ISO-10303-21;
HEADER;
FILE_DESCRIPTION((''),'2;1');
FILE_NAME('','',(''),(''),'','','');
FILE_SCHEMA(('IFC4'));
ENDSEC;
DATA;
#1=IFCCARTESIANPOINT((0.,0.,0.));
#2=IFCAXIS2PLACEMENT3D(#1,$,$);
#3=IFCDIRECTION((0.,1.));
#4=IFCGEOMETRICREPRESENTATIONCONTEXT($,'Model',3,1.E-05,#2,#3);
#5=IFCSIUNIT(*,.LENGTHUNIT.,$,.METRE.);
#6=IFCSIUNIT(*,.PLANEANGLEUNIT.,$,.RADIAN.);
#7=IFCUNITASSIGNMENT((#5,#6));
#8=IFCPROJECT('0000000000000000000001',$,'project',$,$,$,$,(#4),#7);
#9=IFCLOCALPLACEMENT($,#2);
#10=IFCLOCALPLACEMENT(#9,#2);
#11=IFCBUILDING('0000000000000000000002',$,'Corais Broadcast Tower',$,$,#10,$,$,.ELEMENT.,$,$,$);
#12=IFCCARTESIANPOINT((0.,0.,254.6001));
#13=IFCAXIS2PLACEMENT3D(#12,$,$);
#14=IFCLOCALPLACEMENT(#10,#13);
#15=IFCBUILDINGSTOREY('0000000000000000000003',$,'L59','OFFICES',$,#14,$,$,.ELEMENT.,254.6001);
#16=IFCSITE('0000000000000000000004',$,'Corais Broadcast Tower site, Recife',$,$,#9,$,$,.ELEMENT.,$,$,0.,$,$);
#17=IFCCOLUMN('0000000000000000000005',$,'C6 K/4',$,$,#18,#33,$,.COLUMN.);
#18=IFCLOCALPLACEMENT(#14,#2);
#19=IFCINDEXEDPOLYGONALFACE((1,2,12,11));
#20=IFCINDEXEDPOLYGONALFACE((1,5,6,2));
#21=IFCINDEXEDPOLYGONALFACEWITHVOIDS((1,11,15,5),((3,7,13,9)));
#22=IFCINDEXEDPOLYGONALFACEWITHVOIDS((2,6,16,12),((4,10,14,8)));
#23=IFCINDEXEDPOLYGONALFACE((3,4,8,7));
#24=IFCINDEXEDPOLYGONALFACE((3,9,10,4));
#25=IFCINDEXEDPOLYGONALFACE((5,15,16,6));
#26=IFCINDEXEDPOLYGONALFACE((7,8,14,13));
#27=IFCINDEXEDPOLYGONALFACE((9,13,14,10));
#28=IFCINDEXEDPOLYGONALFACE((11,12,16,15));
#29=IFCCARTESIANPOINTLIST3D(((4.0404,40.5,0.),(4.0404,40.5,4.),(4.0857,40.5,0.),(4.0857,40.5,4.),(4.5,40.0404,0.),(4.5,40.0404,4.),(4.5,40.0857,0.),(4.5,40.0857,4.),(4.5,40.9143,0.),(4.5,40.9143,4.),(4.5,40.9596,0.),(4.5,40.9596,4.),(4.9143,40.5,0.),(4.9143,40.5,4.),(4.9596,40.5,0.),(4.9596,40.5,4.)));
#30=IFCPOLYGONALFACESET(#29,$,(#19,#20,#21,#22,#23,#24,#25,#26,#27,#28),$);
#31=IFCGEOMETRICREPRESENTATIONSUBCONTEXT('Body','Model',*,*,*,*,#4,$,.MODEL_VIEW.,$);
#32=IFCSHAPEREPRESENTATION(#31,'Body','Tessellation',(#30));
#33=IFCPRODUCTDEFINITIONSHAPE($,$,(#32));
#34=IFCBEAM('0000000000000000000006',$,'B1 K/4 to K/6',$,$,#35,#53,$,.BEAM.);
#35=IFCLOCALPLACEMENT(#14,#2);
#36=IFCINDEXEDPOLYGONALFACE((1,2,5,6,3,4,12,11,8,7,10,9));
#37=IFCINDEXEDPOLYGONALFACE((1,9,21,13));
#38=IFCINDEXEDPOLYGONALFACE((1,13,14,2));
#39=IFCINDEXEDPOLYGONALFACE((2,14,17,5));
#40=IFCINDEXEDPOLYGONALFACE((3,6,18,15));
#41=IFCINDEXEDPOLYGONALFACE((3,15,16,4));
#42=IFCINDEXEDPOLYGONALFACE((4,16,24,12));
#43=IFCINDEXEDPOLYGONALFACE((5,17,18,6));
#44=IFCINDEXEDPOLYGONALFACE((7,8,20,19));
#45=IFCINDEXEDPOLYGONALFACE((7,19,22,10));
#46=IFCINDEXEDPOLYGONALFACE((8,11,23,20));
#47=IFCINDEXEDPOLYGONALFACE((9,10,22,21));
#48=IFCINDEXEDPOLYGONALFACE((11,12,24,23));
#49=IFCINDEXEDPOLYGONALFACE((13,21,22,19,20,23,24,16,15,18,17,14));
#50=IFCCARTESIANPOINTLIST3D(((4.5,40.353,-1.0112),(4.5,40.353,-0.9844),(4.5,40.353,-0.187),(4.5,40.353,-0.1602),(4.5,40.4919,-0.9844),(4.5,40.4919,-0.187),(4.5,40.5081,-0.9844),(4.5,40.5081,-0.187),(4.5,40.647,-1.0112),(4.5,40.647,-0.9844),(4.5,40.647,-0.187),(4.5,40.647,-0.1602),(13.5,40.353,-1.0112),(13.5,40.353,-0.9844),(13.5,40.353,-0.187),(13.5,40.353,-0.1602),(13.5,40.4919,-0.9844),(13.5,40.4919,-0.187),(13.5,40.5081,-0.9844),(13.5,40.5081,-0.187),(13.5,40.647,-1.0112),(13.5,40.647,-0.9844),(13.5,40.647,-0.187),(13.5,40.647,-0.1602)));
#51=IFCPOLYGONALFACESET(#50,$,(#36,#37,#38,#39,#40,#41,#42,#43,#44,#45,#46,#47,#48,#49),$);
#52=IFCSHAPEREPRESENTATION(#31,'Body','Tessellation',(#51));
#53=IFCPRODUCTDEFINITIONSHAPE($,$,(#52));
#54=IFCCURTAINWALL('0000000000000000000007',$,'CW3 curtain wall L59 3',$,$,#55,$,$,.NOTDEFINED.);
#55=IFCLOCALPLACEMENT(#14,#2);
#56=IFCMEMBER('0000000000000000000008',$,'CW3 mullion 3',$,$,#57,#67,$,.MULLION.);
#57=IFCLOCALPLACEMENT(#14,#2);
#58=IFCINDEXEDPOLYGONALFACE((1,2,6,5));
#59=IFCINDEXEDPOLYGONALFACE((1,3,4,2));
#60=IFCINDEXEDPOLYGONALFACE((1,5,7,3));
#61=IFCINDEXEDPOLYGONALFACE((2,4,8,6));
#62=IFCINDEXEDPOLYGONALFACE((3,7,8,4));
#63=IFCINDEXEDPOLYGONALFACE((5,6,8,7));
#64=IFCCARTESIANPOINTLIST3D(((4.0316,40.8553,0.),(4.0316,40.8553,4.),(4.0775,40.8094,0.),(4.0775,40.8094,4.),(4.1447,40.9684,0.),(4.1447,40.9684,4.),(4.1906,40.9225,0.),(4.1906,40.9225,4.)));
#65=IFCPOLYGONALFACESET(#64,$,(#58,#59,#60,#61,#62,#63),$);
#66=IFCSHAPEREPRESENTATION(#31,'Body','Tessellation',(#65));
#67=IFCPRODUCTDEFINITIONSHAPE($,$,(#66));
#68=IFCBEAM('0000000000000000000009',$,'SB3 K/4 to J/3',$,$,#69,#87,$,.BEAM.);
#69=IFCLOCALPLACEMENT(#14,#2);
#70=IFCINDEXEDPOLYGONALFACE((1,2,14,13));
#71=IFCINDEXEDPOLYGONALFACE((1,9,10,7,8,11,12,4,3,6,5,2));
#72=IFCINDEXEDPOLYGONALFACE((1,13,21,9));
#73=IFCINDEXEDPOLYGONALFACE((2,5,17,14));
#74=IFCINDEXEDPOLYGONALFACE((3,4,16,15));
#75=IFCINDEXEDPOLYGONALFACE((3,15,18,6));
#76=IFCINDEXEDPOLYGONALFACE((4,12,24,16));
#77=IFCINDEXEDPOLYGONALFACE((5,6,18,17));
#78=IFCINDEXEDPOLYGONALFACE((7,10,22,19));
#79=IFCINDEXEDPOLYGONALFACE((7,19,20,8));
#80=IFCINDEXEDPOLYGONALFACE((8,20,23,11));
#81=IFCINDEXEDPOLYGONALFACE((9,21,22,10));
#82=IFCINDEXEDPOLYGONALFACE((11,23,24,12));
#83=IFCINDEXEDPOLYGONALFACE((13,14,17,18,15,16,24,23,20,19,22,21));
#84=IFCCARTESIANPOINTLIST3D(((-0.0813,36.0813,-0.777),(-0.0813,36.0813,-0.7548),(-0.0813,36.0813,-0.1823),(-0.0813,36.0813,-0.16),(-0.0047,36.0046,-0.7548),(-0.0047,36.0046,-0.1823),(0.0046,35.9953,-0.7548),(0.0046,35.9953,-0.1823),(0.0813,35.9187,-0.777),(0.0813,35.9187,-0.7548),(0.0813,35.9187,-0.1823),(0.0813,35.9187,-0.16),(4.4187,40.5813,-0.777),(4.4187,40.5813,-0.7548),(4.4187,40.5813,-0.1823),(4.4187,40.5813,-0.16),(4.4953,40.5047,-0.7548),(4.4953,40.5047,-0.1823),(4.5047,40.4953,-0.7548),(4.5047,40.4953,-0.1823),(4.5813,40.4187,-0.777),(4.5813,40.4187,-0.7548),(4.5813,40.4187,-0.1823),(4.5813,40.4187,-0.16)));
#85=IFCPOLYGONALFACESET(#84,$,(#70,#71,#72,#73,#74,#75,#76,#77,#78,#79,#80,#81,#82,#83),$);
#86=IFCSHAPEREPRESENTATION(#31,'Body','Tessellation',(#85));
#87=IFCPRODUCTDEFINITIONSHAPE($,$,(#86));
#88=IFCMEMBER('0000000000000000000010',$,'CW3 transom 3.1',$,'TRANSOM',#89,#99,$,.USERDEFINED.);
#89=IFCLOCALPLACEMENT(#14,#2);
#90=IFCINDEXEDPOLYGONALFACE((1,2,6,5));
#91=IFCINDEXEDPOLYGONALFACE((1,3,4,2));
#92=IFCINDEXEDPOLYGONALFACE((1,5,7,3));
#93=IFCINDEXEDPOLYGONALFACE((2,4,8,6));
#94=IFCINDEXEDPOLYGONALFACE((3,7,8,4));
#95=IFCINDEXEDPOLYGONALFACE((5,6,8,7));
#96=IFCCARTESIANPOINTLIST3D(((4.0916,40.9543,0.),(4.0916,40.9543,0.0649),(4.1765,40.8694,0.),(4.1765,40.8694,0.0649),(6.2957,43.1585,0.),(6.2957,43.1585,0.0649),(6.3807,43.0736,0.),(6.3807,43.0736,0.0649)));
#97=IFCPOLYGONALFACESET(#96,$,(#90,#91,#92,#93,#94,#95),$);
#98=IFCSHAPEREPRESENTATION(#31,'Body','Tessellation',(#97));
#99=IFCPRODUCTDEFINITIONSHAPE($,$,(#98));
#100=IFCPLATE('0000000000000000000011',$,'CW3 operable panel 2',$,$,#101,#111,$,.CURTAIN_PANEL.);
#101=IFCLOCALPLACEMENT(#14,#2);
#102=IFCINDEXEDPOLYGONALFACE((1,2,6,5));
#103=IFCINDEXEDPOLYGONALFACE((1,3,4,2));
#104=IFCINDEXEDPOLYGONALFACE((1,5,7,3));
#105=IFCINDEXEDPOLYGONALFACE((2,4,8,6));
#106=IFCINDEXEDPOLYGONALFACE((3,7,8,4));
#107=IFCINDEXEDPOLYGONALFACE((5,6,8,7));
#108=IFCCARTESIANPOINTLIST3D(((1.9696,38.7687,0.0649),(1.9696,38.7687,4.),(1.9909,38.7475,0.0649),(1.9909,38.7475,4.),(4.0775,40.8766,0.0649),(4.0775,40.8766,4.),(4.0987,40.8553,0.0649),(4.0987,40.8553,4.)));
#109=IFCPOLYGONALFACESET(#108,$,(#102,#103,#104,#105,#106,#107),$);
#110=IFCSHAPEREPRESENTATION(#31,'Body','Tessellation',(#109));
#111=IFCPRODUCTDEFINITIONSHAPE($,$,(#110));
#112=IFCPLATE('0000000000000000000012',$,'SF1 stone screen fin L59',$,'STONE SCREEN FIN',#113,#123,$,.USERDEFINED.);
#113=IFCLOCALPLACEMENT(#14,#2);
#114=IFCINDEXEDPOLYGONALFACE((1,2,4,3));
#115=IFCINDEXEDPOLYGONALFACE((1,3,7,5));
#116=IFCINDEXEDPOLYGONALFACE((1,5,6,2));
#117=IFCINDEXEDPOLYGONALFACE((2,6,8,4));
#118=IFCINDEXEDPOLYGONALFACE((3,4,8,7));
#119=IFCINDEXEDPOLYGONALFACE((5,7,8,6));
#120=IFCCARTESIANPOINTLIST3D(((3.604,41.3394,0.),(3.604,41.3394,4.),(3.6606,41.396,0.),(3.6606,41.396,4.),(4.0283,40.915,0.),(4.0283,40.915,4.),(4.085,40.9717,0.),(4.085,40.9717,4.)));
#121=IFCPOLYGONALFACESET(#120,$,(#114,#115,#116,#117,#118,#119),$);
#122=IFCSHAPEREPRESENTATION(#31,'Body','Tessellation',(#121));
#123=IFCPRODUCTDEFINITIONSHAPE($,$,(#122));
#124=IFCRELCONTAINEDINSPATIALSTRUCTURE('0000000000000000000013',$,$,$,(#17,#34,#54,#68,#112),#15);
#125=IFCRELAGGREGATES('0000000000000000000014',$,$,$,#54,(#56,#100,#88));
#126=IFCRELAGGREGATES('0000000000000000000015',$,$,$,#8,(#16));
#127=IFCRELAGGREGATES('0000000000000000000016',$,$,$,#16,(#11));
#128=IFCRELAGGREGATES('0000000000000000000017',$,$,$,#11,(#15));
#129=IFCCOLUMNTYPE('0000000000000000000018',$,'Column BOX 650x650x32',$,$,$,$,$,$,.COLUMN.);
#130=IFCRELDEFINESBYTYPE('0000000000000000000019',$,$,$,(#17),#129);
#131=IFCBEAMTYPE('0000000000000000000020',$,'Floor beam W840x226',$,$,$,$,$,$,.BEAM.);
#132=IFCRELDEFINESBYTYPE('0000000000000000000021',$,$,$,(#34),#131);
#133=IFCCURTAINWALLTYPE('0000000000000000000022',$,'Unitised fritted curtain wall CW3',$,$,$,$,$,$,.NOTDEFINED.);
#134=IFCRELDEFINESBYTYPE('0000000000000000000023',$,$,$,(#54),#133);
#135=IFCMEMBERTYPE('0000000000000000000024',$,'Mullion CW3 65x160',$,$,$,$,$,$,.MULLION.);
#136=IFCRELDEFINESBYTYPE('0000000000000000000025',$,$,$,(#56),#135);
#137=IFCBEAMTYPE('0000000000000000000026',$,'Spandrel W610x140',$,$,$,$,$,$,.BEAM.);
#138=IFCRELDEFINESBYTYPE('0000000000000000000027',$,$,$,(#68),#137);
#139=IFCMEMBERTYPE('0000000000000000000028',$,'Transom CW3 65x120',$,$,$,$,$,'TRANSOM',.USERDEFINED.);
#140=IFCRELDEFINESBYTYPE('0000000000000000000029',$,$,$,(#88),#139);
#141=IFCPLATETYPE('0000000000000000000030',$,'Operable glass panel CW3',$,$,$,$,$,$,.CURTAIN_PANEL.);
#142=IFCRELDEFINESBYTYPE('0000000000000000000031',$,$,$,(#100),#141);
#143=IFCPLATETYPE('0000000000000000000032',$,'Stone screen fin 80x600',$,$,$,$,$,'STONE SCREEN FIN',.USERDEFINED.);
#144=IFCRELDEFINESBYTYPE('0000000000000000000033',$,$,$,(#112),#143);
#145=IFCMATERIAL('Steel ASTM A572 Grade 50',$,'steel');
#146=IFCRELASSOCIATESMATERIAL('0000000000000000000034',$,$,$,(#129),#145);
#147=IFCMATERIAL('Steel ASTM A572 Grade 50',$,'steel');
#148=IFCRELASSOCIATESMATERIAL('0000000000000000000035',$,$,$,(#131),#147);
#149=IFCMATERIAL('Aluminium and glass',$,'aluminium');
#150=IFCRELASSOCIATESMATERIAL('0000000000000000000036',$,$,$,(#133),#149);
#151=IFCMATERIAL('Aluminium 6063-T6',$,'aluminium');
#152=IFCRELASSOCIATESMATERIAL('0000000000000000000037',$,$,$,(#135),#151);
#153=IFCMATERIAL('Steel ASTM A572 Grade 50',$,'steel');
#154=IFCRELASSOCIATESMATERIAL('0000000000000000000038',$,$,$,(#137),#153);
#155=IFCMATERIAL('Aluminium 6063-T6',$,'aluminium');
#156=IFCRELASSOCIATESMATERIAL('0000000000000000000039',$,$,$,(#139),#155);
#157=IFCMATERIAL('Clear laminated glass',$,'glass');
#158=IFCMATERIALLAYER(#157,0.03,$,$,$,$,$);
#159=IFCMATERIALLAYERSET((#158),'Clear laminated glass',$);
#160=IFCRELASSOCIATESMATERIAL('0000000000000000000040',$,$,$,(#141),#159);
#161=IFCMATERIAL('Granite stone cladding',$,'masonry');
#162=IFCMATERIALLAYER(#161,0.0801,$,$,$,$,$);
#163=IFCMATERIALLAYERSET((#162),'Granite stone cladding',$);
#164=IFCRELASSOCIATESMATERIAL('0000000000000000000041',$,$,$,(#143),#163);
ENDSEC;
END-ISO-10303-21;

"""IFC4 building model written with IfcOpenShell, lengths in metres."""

from ifc_helpers import new_model, si_unit, direction, frame, origin, origin_2d, place, context, subcontext, project, spatial, rectangle, hollow_rectangle, i_section, extrude, material, layer, layer_set, material_profile, profile_set, type_object, element, aggregate, save


model = new_model("IFC4")

# Units and contexts
model_context = context("Model", 3, precision=1e-05, world=origin(), true_north=direction((0.0, 1.0)))
body_context = subcontext(model_context, "Body", "Model", "MODEL_VIEW")
ifc_project = project(units=[si_unit("LENGTHUNIT", "METRE"), si_unit("PLANEANGLEUNIT", "RADIAN")], contexts=[model_context])

# Site, building, storey
site_placement = place(None, origin())
site = spatial("IfcSite", under=ifc_project, at=site_placement, Name="Corais Broadcast Tower site, Recife", CompositionType="ELEMENT", RefElevation=0.0)
building_placement = place(site_placement, origin())
building = spatial("IfcBuilding", under=site, at=building_placement, Name="Corais Broadcast Tower", CompositionType="ELEMENT")
storey_placement = place(building_placement, frame((0.0, 0.0, 254.6001)))
storey = spatial("IfcBuildingStorey", under=building, at=storey_placement, Name="L59", Description="OFFICES", CompositionType="ELEMENT", Elevation=254.6001)

# Column
ifc_material_1 = material(Name="Steel ASTM A572 Grade 50", Category="steel")
ifc_material_profile_1 = material_profile(ifc_material_1, hollow_rectangle(XDim=0.6499, YDim=0.6499, WallThickness=0.032, at=origin_2d()), Name="BOX 650x650x32")
ifc_profile_set_1 = profile_set([ifc_material_profile_1], Name="Steel ASTM A572 Grade 50")
column_type = type_object("IfcColumnType", Name="Column BOX 650x650x32", PredefinedType="COLUMN", material=ifc_profile_set_1)
column_placement = place(storey_placement, frame((4.5, 40.5, 0.0), z_axis=(0.0, 0.0, 1.0), x_axis=(0.707107, 0.707107, 0.0)))
element("IfcColumn", 1, at=column_placement, inside=storey, type_object=column_type, Name="C6 K/4", PredefinedType="COLUMN", context=body_context, shape_type="SweptSolid", body=[
    extrude(hollow_rectangle(XDim=0.6499, YDim=0.6499, WallThickness=0.032, at=origin_2d()), origin(), (0.0, 0.0, 1.0), 4.0),
])

# Beam
ifc_material_2 = material(Name="Steel ASTM A572 Grade 50", Category="steel")
ifc_material_profile_2 = material_profile(ifc_material_2, i_section(OverallWidth=0.2939, OverallDepth=0.8511, WebThickness=0.0161, FlangeThickness=0.0269, at=origin_2d()), Name="W840x226")
ifc_profile_set_2 = profile_set([ifc_material_profile_2], Name="Steel ASTM A572 Grade 50")
beam_type_1 = type_object("IfcBeamType", Name="Floor beam W840x226", PredefinedType="BEAM", material=ifc_profile_set_2)
beam_1_placement = place(storey_placement, frame((4.5, 40.5, -0.5857), z_axis=(1.0, 0.0, 0.0), x_axis=(0.0, 1.0, 0.0)))
element("IfcBeam", 2, at=beam_1_placement, inside=storey, type_object=beam_type_1, Name="B1 K/4 to K/6", PredefinedType="BEAM", context=body_context, shape_type="SweptSolid", body=[
    extrude(i_section(OverallWidth=0.2939, OverallDepth=0.8511, WebThickness=0.0161, FlangeThickness=0.0269, at=origin_2d()), origin(), (0.0, 0.0, 1.0), 9.0),
])

# Curtain wall, member
ifc_material_3 = material(Name="Aluminium and glass", Category="aluminium")
curtain_wall_type = type_object("IfcCurtainWallType", Name="Unitised fritted curtain wall CW3", PredefinedType="NOTDEFINED", material=ifc_material_3)
curtain_wall_placement = place(storey_placement, origin())
curtain_wall = element("IfcCurtainWall", 3, at=curtain_wall_placement, inside=storey, type_object=curtain_wall_type, Name="CW3 curtain wall L59 3", PredefinedType="NOTDEFINED")
ifc_material_4 = material(Name="Aluminium 6063-T6", Category="aluminium")
ifc_material_profile_3 = material_profile(ifc_material_4, rectangle(XDim=0.0649, YDim=0.1599, at=origin_2d()), Name="Mullion CW3 65x160")
ifc_profile_set_3 = profile_set([ifc_material_profile_3], Name="Aluminium 6063-T6")
member_type_1 = type_object("IfcMemberType", Name="Mullion CW3 65x160", PredefinedType="MULLION", material=ifc_profile_set_3)
member_1_placement = place(storey_placement, frame((4.1111, 40.8889, 0.0), z_axis=(0.0, 0.0, 1.0), x_axis=(-0.707107, 0.707107, 0.0)))
member_1 = element("IfcMember", 4, at=member_1_placement, type_object=member_type_1, Name="CW3 mullion 3", PredefinedType="MULLION", context=body_context, shape_type="SweptSolid", body=[
    extrude(rectangle(XDim=0.0649, YDim=0.1599, at=origin_2d()), origin(), (0.0, 0.0, 1.0), 4.0),
])

# Beam
ifc_material_5 = material(Name="Steel ASTM A572 Grade 50", Category="steel")
ifc_material_profile_4 = material_profile(ifc_material_5, i_section(OverallWidth=0.23, OverallDepth=0.6169, WebThickness=0.0132, FlangeThickness=0.0222, at=origin_2d()), Name="W610x140")
ifc_profile_set_4 = profile_set([ifc_material_profile_4], Name="Steel ASTM A572 Grade 50")
beam_type_2 = type_object("IfcBeamType", Name="Spandrel W610x140", PredefinedType="BEAM", material=ifc_profile_set_4)
beam_2_placement = place(storey_placement, frame((4.5, 40.5, -0.4685), z_axis=(-0.707107, -0.707107, 0.0), x_axis=(0.707107, -0.707107, 0.0)))
element("IfcBeam", 5, at=beam_2_placement, inside=storey, type_object=beam_type_2, Name="SB3 K/4 to J/3", PredefinedType="BEAM", context=body_context, shape_type="SweptSolid", body=[
    extrude(i_section(OverallWidth=0.23, OverallDepth=0.6169, WebThickness=0.0132, FlangeThickness=0.0222, at=origin_2d()), origin(), (0.0, 0.0, 1.0), 6.364),
])

# Member
ifc_material_6 = material(Name="Aluminium 6063-T6", Category="aluminium")
ifc_material_profile_5 = material_profile(ifc_material_6, rectangle(XDim=0.1201, YDim=0.0649, at=origin_2d()), Name="Transom CW3 65x120")
ifc_profile_set_5 = profile_set([ifc_material_profile_5], Name="Aluminium 6063-T6")
member_type_2 = type_object("IfcMemberType", Name="Transom CW3 65x120", ElementType="TRANSOM", PredefinedType="USERDEFINED", material=ifc_profile_set_5)
member_2_placement = place(storey_placement, frame((4.134, 40.9119, 0.0325), z_axis=(0.707107, 0.707107, 0.0), x_axis=(-0.707107, 0.707107, 0.0)))
member_2 = element("IfcMember", 6, at=member_2_placement, type_object=member_type_2, Name="CW3 transom 3.1", ObjectType="TRANSOM", PredefinedType="USERDEFINED", context=body_context, shape_type="SweptSolid", body=[
    extrude(rectangle(XDim=0.1201, YDim=0.0649, at=origin_2d()), origin(), (0.0, 0.0, 1.0), 3.1172),
])

# Plates
ifc_material_7 = material(Name="Clear laminated glass", Category="glass")
ifc_layer_1 = layer(ifc_material_7, 0.03)
ifc_layer_set_1 = layer_set([ifc_layer_1], Name="Clear laminated glass")
plate_type_1 = type_object("IfcPlateType", Name="Operable glass panel CW3", PredefinedType="CURTAIN_PANEL", material=ifc_layer_set_1)
plate_1_placement = place(storey_placement, frame((3.0342, 39.812, 0.0649), z_axis=(0.0, 0.0, 1.0), x_axis=(0.707107, 0.707107, 0.0)))
plate_1 = element("IfcPlate", 7, at=plate_1_placement, type_object=plate_type_1, Name="CW3 operable panel 2", PredefinedType="CURTAIN_PANEL", context=body_context, shape_type="SweptSolid", body=[
    extrude(rectangle(XDim=2.981, YDim=0.03, at=origin_2d()), origin(), (0.0, 0.0, 1.0), 3.9351),
])
aggregate(curtain_wall, [member_1, plate_1, member_2])
ifc_material_8 = material(Name="Granite stone cladding", Category="masonry")
ifc_layer_2 = layer(ifc_material_8, 0.0801)
ifc_layer_set_2 = layer_set([ifc_layer_2], Name="Granite stone cladding")
plate_type_2 = type_object("IfcPlateType", Name="Stone screen fin 80x600", ElementType="STONE SCREEN FIN", PredefinedType="USERDEFINED", material=ifc_layer_set_2)
plate_2_placement = place(storey_placement, frame((3.8445, 41.1555, 0.0), z_axis=(0.0, 0.0, 1.0), x_axis=(0.707107, 0.707107, 0.0)))
element("IfcPlate", 8, at=plate_2_placement, inside=storey, type_object=plate_type_2, Name="SF1 stone screen fin L59", ObjectType="STONE SCREEN FIN", PredefinedType="USERDEFINED", context=body_context, shape_type="SweptSolid", body=[
    extrude(rectangle(XDim=0.0801, YDim=0.6001, at=origin_2d()), origin(), (0.0, 0.0, 1.0), 4.0),
])

save(model, "model.ifc")
